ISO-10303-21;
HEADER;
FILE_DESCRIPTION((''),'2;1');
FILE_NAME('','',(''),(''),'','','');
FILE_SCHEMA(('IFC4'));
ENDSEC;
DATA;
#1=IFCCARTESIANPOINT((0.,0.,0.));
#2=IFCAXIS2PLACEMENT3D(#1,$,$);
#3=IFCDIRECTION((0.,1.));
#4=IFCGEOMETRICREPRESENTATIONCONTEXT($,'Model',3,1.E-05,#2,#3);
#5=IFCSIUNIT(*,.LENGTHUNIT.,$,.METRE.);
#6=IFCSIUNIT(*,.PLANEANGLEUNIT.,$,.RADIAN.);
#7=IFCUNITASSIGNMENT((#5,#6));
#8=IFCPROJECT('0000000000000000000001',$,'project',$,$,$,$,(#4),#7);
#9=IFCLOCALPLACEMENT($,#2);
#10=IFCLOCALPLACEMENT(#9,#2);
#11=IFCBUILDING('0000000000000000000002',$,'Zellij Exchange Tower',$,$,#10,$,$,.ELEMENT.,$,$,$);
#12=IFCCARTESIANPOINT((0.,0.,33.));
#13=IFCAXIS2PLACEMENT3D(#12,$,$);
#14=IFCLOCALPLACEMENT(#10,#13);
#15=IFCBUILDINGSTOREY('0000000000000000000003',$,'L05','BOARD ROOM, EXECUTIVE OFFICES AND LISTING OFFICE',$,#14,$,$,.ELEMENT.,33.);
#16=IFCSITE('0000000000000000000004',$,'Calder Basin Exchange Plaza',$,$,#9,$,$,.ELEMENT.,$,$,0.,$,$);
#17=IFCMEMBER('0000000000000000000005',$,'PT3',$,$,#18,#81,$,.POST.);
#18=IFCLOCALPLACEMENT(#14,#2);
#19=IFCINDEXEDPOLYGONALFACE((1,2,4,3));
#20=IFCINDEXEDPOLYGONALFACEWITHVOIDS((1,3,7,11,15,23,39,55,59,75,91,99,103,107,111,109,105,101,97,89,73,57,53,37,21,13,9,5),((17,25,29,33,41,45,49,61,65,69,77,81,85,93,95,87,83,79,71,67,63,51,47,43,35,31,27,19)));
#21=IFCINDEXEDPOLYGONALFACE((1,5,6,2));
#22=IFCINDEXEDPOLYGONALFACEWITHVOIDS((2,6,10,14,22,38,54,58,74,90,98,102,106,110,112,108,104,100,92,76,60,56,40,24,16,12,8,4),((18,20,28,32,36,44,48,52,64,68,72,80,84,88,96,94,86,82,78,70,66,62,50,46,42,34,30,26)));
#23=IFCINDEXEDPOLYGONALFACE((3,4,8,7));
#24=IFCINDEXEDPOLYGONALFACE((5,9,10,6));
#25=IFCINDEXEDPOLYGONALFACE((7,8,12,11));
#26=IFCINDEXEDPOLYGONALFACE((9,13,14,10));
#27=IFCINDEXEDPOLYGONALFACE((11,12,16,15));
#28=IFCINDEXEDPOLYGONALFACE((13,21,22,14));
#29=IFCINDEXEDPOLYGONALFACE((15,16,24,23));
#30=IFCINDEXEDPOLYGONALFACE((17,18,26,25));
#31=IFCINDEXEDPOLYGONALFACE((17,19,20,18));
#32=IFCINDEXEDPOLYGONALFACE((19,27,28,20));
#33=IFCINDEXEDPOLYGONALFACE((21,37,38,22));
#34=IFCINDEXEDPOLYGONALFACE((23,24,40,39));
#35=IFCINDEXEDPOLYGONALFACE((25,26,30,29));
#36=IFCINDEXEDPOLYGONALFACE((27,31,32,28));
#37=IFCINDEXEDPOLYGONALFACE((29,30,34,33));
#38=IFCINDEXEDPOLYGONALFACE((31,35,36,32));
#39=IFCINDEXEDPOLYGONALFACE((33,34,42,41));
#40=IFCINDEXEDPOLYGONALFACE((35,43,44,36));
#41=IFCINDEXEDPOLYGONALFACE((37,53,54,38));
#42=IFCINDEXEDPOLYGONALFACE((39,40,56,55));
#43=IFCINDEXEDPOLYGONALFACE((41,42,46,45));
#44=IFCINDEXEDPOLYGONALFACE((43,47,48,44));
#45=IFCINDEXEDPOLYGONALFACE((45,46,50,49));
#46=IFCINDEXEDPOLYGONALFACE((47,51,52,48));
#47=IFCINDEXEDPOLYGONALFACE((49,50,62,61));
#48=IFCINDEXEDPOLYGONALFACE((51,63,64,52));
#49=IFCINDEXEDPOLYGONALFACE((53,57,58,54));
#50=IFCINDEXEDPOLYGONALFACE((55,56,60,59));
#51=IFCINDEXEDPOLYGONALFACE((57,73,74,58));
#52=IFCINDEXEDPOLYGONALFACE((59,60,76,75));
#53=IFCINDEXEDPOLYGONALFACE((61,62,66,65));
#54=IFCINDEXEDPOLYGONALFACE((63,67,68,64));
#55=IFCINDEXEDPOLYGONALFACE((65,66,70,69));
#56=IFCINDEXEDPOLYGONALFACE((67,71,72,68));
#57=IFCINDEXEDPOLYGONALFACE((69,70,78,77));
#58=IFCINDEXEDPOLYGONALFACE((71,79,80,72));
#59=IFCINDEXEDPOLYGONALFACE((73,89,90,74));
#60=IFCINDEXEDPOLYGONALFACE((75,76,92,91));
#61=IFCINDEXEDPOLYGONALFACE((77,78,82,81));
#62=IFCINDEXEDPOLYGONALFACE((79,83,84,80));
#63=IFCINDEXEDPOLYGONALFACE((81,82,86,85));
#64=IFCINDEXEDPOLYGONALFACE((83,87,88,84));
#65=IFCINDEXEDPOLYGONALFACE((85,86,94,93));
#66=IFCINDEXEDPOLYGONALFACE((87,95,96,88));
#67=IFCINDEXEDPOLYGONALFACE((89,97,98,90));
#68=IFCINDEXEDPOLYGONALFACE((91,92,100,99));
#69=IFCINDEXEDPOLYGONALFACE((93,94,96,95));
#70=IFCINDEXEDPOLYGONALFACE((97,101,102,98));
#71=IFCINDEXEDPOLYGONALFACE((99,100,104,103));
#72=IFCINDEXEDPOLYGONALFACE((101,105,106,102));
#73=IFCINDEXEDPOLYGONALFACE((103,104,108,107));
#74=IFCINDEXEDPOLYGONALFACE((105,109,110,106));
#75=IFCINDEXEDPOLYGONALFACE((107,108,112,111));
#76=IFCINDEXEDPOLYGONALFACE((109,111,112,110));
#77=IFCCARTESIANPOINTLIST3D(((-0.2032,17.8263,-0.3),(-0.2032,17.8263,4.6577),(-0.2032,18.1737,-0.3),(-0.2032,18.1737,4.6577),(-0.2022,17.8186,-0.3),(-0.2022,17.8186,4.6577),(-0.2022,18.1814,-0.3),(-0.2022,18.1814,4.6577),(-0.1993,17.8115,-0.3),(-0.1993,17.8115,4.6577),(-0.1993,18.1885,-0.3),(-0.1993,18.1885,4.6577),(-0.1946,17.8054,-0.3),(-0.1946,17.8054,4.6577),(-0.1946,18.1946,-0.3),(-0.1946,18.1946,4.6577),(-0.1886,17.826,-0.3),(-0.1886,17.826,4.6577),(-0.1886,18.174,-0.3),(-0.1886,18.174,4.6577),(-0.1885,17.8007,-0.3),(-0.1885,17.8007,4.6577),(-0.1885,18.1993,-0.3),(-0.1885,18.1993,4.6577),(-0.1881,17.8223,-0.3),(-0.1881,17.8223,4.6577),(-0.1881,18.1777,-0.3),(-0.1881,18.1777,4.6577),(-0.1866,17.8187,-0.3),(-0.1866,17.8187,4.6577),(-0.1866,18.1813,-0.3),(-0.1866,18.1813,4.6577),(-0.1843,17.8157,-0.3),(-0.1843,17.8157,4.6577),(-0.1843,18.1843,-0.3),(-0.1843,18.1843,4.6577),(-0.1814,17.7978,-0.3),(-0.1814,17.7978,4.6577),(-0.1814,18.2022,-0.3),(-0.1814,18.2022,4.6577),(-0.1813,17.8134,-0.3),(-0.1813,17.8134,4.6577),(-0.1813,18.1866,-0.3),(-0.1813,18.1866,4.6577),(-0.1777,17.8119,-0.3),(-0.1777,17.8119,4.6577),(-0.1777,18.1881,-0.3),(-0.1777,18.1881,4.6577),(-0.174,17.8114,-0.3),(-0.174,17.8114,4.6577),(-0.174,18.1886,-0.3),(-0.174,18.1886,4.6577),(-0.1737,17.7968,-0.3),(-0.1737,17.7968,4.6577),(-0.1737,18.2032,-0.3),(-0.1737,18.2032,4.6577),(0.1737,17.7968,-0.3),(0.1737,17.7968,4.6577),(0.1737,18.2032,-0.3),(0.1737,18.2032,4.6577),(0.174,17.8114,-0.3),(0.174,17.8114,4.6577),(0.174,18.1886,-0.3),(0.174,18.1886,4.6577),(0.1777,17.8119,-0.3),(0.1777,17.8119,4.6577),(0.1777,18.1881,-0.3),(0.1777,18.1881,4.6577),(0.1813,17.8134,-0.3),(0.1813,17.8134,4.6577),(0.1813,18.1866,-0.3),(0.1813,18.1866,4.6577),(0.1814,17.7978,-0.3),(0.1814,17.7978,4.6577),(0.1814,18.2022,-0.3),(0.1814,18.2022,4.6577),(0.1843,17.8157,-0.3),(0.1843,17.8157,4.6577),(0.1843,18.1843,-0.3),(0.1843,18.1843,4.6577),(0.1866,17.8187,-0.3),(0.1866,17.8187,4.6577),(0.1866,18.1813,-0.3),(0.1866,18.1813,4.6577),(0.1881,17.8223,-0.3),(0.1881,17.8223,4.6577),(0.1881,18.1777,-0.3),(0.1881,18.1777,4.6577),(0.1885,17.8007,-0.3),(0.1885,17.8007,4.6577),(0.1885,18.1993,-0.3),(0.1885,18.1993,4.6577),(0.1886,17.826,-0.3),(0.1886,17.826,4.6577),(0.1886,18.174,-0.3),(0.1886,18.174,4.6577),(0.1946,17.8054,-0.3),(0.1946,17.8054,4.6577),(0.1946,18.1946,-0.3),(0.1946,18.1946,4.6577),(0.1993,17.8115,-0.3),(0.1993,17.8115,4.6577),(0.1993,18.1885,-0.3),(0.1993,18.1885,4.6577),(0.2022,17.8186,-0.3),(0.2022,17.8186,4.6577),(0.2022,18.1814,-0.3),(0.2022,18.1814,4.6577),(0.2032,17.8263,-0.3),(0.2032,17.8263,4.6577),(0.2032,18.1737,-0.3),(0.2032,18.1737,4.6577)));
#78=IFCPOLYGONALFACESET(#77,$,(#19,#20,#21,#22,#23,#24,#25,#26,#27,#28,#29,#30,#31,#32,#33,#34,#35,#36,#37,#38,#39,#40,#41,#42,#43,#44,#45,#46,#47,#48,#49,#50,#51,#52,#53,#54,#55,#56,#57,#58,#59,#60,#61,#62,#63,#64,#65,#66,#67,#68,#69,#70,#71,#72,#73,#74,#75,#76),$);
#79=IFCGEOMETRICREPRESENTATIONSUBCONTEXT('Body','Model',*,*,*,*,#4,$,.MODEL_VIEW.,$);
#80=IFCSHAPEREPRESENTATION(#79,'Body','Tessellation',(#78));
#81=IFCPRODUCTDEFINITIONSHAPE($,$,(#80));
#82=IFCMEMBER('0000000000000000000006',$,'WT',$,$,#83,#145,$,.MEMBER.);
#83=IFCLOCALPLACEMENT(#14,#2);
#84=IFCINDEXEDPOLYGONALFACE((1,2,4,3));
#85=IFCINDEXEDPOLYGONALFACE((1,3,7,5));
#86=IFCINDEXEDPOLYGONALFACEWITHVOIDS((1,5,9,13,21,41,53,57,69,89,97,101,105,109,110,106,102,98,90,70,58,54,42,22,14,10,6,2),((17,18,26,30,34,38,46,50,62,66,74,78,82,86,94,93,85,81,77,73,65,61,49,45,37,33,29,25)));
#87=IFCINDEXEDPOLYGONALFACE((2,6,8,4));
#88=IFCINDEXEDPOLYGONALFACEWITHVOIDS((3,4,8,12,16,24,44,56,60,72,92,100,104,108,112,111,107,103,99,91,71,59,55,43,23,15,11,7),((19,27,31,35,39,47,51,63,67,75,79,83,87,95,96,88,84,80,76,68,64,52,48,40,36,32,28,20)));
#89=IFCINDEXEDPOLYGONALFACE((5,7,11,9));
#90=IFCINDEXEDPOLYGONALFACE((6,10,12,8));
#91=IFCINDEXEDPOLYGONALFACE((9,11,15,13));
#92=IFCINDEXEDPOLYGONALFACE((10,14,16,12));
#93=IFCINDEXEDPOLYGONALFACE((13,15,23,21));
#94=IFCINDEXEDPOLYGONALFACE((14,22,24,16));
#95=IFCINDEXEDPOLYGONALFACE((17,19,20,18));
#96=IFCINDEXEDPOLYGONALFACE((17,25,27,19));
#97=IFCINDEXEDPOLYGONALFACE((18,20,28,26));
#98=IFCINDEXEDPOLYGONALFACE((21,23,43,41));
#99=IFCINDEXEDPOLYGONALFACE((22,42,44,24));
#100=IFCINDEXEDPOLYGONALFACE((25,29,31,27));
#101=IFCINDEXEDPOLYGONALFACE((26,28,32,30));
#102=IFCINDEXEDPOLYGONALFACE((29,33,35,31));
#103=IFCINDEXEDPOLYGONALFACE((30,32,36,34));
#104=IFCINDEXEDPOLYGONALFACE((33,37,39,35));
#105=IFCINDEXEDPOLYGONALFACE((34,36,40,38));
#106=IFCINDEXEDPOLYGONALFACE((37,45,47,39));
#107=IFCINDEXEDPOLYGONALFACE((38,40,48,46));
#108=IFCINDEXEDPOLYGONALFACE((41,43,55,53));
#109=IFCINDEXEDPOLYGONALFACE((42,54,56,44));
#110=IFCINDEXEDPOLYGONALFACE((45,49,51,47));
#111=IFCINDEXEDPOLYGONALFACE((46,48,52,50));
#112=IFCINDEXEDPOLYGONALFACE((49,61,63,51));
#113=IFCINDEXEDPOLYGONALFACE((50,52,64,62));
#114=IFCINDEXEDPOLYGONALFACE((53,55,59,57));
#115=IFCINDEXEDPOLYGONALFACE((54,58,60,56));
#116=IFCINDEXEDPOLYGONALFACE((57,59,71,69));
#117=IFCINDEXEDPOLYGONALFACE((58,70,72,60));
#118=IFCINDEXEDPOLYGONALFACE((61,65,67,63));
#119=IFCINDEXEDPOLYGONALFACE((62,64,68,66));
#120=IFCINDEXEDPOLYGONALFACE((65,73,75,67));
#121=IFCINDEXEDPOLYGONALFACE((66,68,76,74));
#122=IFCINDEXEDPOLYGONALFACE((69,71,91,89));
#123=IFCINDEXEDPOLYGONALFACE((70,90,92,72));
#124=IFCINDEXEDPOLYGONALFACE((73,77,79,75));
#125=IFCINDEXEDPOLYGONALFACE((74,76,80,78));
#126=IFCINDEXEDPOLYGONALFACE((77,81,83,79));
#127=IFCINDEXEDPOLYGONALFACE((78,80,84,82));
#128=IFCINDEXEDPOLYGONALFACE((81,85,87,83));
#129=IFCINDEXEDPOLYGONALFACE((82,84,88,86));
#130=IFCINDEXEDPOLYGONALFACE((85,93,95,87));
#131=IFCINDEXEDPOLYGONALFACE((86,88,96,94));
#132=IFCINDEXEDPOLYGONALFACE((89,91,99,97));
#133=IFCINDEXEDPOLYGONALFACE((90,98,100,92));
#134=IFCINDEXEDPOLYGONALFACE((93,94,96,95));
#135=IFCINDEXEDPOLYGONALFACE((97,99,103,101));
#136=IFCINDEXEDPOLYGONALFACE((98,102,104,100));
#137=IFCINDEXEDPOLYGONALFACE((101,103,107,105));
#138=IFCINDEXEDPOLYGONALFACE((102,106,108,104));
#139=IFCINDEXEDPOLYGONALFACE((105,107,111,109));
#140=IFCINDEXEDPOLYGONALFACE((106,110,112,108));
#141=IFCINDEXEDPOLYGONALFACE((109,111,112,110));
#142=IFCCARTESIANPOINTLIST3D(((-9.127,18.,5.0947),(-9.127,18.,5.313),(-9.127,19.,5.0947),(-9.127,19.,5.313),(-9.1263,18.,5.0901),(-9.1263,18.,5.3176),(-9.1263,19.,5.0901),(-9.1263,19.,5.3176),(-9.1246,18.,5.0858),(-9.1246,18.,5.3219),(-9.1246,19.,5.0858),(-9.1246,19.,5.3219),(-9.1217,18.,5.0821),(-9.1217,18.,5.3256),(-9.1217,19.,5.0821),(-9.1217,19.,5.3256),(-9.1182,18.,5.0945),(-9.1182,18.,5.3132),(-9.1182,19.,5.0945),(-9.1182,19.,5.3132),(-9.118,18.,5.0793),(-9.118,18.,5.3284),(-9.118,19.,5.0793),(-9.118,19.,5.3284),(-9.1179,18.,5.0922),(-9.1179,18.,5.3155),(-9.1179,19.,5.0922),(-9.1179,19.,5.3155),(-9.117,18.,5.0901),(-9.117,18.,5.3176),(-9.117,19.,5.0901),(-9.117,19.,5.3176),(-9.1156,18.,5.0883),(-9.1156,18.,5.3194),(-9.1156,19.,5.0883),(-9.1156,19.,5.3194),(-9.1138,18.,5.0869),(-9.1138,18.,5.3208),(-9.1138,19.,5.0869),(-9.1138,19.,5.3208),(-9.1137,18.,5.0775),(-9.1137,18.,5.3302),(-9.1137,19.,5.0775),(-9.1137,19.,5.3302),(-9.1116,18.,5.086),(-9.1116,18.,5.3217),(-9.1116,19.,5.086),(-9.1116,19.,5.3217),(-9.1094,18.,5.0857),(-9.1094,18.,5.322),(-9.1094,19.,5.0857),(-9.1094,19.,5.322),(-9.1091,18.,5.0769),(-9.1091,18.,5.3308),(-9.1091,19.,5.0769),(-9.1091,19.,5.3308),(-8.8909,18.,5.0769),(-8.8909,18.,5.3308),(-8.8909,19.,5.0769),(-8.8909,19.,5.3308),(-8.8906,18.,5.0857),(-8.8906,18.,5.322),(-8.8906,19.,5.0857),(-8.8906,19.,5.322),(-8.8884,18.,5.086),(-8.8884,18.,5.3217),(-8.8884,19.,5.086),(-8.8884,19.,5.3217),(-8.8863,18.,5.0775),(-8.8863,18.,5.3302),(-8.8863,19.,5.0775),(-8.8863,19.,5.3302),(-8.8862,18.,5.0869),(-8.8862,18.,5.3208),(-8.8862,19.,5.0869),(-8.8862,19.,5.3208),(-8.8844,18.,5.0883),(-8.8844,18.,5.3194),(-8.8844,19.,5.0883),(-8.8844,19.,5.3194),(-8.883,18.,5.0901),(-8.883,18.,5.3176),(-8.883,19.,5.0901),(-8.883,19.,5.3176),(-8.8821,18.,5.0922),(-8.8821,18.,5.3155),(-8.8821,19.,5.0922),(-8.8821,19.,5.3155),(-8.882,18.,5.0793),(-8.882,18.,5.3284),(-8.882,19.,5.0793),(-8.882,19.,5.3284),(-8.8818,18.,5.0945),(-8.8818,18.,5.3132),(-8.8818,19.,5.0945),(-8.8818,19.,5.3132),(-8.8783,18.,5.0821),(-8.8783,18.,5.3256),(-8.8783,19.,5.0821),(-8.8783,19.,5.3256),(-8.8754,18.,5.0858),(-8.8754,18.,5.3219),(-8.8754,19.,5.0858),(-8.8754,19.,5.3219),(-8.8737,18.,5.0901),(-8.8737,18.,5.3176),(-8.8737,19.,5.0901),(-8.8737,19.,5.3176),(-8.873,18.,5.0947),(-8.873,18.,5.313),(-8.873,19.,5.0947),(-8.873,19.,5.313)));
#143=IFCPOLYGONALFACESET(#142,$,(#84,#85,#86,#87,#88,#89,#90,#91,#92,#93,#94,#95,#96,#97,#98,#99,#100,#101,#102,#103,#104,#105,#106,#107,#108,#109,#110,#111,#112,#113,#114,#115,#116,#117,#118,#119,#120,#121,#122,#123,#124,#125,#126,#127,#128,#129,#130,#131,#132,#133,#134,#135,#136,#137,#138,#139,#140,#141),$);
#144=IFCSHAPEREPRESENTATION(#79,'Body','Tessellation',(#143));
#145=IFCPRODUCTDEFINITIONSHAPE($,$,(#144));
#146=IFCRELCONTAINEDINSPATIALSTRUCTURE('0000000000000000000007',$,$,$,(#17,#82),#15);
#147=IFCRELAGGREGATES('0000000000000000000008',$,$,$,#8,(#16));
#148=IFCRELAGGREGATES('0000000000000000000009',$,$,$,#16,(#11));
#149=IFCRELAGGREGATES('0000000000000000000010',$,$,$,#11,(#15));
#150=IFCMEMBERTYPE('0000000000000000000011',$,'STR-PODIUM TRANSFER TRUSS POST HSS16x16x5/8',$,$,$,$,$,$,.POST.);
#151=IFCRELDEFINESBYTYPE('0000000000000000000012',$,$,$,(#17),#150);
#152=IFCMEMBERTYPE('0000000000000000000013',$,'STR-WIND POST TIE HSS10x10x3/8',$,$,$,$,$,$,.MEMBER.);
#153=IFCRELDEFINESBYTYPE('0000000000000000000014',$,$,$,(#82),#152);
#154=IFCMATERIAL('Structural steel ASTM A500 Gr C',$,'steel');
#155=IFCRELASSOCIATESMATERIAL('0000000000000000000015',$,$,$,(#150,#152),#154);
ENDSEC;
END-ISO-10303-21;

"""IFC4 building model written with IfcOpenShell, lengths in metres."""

from ifc_helpers import new_model, si_unit, direction, frame, origin, origin_2d, place, context, subcontext, project, spatial, hollow_rectangle, extrude, material, material_profile, profile_set, type_object, element, save


model = new_model("IFC4")

# Units and contexts
model_context = context("Model", 3, precision=1e-05, world=origin(), true_north=direction((0.0, 1.0)))
body_context = subcontext(model_context, "Body", "Model", "MODEL_VIEW")
ifc_project = project(units=[si_unit("LENGTHUNIT", "METRE"), si_unit("PLANEANGLEUNIT", "RADIAN")], contexts=[model_context])

# Site, building, storey
site_placement = place(None, origin())
site = spatial("IfcSite", under=ifc_project, at=site_placement, Name="Calder Basin Exchange Plaza", CompositionType="ELEMENT", RefElevation=0.0)
building_placement = place(site_placement, origin())
building = spatial("IfcBuilding", under=site, at=building_placement, Name="Zellij Exchange Tower", CompositionType="ELEMENT")
storey_placement = place(building_placement, frame((0.0, 0.0, 33.0)))
storey = spatial("IfcBuildingStorey", under=building, at=storey_placement, Name="L05", Description="BOARD ROOM, EXECUTIVE OFFICES AND LISTING OFFICE", CompositionType="ELEMENT", Elevation=33.0)

# Members
ifc_material_1 = material(Name="Structural steel ASTM A500 Gr C", Category="steel")
ifc_material_profile_1 = material_profile(ifc_material_1, hollow_rectangle(XDim=0.4065, YDim=0.4065, WallThickness=0.0146, InnerFilletRadius=0.0146, OuterFilletRadius=0.0295, at=origin_2d()), Name="STR-PODIUM TRANSFER TRUSS POST HSS16x16x5/8")
ifc_profile_set_1 = profile_set([ifc_material_profile_1], Name="Structural steel ASTM A500 Gr C")
member_type_1 = type_object("IfcMemberType", Name="STR-PODIUM TRANSFER TRUSS POST HSS16x16x5/8", PredefinedType="POST", material=ifc_profile_set_1)
for number, where, z_axis, x_axis, name in (
    (1, (0.0, 18.0, -0.3), (0.0, 0.0, 1.0), (1.0, 0.0, 0.0), "PT3"),
):
    element("IfcMember", number, at=place(storey_placement, frame(where, z_axis=z_axis, x_axis=x_axis)), inside=storey, type_object=member_type_1, Name=name, PredefinedType="POST", context=body_context, shape_type="SweptSolid", body=[
        extrude(hollow_rectangle(XDim=0.4065, YDim=0.4065, WallThickness=0.0146, InnerFilletRadius=0.0146, OuterFilletRadius=0.0295, at=origin_2d()), origin(), (0.0, 0.0, 1.0), 4.9578),
    ])
ifc_material_profile_2 = material_profile(ifc_material_1, hollow_rectangle(XDim=0.2539, YDim=0.2539, WallThickness=0.0088, InnerFilletRadius=0.0088, OuterFilletRadius=0.0178, at=origin_2d()), Name="STR-WIND POST TIE HSS10x10x3/8")
ifc_profile_set_2 = profile_set([ifc_material_profile_2], Name="Structural steel ASTM A500 Gr C")
member_type_2 = type_object("IfcMemberType", Name="STR-WIND POST TIE HSS10x10x3/8", PredefinedType="MEMBER", material=ifc_profile_set_2)
member_placement = place(storey_placement, frame((-9.0, 19.0, 5.2039), z_axis=(0.0, -1.0, 0.0), x_axis=(1.0, 0.0, 0.0)))
element("IfcMember", 2, at=member_placement, inside=storey, type_object=member_type_2, Name="WT", PredefinedType="MEMBER", context=body_context, shape_type="SweptSolid", body=[
    extrude(hollow_rectangle(XDim=0.2539, YDim=0.2539, WallThickness=0.0088, InnerFilletRadius=0.0088, OuterFilletRadius=0.0178, at=origin_2d()), origin(), (0.0, 0.0, 1.0), 1.0),
])

save(model, "model.ifc")
